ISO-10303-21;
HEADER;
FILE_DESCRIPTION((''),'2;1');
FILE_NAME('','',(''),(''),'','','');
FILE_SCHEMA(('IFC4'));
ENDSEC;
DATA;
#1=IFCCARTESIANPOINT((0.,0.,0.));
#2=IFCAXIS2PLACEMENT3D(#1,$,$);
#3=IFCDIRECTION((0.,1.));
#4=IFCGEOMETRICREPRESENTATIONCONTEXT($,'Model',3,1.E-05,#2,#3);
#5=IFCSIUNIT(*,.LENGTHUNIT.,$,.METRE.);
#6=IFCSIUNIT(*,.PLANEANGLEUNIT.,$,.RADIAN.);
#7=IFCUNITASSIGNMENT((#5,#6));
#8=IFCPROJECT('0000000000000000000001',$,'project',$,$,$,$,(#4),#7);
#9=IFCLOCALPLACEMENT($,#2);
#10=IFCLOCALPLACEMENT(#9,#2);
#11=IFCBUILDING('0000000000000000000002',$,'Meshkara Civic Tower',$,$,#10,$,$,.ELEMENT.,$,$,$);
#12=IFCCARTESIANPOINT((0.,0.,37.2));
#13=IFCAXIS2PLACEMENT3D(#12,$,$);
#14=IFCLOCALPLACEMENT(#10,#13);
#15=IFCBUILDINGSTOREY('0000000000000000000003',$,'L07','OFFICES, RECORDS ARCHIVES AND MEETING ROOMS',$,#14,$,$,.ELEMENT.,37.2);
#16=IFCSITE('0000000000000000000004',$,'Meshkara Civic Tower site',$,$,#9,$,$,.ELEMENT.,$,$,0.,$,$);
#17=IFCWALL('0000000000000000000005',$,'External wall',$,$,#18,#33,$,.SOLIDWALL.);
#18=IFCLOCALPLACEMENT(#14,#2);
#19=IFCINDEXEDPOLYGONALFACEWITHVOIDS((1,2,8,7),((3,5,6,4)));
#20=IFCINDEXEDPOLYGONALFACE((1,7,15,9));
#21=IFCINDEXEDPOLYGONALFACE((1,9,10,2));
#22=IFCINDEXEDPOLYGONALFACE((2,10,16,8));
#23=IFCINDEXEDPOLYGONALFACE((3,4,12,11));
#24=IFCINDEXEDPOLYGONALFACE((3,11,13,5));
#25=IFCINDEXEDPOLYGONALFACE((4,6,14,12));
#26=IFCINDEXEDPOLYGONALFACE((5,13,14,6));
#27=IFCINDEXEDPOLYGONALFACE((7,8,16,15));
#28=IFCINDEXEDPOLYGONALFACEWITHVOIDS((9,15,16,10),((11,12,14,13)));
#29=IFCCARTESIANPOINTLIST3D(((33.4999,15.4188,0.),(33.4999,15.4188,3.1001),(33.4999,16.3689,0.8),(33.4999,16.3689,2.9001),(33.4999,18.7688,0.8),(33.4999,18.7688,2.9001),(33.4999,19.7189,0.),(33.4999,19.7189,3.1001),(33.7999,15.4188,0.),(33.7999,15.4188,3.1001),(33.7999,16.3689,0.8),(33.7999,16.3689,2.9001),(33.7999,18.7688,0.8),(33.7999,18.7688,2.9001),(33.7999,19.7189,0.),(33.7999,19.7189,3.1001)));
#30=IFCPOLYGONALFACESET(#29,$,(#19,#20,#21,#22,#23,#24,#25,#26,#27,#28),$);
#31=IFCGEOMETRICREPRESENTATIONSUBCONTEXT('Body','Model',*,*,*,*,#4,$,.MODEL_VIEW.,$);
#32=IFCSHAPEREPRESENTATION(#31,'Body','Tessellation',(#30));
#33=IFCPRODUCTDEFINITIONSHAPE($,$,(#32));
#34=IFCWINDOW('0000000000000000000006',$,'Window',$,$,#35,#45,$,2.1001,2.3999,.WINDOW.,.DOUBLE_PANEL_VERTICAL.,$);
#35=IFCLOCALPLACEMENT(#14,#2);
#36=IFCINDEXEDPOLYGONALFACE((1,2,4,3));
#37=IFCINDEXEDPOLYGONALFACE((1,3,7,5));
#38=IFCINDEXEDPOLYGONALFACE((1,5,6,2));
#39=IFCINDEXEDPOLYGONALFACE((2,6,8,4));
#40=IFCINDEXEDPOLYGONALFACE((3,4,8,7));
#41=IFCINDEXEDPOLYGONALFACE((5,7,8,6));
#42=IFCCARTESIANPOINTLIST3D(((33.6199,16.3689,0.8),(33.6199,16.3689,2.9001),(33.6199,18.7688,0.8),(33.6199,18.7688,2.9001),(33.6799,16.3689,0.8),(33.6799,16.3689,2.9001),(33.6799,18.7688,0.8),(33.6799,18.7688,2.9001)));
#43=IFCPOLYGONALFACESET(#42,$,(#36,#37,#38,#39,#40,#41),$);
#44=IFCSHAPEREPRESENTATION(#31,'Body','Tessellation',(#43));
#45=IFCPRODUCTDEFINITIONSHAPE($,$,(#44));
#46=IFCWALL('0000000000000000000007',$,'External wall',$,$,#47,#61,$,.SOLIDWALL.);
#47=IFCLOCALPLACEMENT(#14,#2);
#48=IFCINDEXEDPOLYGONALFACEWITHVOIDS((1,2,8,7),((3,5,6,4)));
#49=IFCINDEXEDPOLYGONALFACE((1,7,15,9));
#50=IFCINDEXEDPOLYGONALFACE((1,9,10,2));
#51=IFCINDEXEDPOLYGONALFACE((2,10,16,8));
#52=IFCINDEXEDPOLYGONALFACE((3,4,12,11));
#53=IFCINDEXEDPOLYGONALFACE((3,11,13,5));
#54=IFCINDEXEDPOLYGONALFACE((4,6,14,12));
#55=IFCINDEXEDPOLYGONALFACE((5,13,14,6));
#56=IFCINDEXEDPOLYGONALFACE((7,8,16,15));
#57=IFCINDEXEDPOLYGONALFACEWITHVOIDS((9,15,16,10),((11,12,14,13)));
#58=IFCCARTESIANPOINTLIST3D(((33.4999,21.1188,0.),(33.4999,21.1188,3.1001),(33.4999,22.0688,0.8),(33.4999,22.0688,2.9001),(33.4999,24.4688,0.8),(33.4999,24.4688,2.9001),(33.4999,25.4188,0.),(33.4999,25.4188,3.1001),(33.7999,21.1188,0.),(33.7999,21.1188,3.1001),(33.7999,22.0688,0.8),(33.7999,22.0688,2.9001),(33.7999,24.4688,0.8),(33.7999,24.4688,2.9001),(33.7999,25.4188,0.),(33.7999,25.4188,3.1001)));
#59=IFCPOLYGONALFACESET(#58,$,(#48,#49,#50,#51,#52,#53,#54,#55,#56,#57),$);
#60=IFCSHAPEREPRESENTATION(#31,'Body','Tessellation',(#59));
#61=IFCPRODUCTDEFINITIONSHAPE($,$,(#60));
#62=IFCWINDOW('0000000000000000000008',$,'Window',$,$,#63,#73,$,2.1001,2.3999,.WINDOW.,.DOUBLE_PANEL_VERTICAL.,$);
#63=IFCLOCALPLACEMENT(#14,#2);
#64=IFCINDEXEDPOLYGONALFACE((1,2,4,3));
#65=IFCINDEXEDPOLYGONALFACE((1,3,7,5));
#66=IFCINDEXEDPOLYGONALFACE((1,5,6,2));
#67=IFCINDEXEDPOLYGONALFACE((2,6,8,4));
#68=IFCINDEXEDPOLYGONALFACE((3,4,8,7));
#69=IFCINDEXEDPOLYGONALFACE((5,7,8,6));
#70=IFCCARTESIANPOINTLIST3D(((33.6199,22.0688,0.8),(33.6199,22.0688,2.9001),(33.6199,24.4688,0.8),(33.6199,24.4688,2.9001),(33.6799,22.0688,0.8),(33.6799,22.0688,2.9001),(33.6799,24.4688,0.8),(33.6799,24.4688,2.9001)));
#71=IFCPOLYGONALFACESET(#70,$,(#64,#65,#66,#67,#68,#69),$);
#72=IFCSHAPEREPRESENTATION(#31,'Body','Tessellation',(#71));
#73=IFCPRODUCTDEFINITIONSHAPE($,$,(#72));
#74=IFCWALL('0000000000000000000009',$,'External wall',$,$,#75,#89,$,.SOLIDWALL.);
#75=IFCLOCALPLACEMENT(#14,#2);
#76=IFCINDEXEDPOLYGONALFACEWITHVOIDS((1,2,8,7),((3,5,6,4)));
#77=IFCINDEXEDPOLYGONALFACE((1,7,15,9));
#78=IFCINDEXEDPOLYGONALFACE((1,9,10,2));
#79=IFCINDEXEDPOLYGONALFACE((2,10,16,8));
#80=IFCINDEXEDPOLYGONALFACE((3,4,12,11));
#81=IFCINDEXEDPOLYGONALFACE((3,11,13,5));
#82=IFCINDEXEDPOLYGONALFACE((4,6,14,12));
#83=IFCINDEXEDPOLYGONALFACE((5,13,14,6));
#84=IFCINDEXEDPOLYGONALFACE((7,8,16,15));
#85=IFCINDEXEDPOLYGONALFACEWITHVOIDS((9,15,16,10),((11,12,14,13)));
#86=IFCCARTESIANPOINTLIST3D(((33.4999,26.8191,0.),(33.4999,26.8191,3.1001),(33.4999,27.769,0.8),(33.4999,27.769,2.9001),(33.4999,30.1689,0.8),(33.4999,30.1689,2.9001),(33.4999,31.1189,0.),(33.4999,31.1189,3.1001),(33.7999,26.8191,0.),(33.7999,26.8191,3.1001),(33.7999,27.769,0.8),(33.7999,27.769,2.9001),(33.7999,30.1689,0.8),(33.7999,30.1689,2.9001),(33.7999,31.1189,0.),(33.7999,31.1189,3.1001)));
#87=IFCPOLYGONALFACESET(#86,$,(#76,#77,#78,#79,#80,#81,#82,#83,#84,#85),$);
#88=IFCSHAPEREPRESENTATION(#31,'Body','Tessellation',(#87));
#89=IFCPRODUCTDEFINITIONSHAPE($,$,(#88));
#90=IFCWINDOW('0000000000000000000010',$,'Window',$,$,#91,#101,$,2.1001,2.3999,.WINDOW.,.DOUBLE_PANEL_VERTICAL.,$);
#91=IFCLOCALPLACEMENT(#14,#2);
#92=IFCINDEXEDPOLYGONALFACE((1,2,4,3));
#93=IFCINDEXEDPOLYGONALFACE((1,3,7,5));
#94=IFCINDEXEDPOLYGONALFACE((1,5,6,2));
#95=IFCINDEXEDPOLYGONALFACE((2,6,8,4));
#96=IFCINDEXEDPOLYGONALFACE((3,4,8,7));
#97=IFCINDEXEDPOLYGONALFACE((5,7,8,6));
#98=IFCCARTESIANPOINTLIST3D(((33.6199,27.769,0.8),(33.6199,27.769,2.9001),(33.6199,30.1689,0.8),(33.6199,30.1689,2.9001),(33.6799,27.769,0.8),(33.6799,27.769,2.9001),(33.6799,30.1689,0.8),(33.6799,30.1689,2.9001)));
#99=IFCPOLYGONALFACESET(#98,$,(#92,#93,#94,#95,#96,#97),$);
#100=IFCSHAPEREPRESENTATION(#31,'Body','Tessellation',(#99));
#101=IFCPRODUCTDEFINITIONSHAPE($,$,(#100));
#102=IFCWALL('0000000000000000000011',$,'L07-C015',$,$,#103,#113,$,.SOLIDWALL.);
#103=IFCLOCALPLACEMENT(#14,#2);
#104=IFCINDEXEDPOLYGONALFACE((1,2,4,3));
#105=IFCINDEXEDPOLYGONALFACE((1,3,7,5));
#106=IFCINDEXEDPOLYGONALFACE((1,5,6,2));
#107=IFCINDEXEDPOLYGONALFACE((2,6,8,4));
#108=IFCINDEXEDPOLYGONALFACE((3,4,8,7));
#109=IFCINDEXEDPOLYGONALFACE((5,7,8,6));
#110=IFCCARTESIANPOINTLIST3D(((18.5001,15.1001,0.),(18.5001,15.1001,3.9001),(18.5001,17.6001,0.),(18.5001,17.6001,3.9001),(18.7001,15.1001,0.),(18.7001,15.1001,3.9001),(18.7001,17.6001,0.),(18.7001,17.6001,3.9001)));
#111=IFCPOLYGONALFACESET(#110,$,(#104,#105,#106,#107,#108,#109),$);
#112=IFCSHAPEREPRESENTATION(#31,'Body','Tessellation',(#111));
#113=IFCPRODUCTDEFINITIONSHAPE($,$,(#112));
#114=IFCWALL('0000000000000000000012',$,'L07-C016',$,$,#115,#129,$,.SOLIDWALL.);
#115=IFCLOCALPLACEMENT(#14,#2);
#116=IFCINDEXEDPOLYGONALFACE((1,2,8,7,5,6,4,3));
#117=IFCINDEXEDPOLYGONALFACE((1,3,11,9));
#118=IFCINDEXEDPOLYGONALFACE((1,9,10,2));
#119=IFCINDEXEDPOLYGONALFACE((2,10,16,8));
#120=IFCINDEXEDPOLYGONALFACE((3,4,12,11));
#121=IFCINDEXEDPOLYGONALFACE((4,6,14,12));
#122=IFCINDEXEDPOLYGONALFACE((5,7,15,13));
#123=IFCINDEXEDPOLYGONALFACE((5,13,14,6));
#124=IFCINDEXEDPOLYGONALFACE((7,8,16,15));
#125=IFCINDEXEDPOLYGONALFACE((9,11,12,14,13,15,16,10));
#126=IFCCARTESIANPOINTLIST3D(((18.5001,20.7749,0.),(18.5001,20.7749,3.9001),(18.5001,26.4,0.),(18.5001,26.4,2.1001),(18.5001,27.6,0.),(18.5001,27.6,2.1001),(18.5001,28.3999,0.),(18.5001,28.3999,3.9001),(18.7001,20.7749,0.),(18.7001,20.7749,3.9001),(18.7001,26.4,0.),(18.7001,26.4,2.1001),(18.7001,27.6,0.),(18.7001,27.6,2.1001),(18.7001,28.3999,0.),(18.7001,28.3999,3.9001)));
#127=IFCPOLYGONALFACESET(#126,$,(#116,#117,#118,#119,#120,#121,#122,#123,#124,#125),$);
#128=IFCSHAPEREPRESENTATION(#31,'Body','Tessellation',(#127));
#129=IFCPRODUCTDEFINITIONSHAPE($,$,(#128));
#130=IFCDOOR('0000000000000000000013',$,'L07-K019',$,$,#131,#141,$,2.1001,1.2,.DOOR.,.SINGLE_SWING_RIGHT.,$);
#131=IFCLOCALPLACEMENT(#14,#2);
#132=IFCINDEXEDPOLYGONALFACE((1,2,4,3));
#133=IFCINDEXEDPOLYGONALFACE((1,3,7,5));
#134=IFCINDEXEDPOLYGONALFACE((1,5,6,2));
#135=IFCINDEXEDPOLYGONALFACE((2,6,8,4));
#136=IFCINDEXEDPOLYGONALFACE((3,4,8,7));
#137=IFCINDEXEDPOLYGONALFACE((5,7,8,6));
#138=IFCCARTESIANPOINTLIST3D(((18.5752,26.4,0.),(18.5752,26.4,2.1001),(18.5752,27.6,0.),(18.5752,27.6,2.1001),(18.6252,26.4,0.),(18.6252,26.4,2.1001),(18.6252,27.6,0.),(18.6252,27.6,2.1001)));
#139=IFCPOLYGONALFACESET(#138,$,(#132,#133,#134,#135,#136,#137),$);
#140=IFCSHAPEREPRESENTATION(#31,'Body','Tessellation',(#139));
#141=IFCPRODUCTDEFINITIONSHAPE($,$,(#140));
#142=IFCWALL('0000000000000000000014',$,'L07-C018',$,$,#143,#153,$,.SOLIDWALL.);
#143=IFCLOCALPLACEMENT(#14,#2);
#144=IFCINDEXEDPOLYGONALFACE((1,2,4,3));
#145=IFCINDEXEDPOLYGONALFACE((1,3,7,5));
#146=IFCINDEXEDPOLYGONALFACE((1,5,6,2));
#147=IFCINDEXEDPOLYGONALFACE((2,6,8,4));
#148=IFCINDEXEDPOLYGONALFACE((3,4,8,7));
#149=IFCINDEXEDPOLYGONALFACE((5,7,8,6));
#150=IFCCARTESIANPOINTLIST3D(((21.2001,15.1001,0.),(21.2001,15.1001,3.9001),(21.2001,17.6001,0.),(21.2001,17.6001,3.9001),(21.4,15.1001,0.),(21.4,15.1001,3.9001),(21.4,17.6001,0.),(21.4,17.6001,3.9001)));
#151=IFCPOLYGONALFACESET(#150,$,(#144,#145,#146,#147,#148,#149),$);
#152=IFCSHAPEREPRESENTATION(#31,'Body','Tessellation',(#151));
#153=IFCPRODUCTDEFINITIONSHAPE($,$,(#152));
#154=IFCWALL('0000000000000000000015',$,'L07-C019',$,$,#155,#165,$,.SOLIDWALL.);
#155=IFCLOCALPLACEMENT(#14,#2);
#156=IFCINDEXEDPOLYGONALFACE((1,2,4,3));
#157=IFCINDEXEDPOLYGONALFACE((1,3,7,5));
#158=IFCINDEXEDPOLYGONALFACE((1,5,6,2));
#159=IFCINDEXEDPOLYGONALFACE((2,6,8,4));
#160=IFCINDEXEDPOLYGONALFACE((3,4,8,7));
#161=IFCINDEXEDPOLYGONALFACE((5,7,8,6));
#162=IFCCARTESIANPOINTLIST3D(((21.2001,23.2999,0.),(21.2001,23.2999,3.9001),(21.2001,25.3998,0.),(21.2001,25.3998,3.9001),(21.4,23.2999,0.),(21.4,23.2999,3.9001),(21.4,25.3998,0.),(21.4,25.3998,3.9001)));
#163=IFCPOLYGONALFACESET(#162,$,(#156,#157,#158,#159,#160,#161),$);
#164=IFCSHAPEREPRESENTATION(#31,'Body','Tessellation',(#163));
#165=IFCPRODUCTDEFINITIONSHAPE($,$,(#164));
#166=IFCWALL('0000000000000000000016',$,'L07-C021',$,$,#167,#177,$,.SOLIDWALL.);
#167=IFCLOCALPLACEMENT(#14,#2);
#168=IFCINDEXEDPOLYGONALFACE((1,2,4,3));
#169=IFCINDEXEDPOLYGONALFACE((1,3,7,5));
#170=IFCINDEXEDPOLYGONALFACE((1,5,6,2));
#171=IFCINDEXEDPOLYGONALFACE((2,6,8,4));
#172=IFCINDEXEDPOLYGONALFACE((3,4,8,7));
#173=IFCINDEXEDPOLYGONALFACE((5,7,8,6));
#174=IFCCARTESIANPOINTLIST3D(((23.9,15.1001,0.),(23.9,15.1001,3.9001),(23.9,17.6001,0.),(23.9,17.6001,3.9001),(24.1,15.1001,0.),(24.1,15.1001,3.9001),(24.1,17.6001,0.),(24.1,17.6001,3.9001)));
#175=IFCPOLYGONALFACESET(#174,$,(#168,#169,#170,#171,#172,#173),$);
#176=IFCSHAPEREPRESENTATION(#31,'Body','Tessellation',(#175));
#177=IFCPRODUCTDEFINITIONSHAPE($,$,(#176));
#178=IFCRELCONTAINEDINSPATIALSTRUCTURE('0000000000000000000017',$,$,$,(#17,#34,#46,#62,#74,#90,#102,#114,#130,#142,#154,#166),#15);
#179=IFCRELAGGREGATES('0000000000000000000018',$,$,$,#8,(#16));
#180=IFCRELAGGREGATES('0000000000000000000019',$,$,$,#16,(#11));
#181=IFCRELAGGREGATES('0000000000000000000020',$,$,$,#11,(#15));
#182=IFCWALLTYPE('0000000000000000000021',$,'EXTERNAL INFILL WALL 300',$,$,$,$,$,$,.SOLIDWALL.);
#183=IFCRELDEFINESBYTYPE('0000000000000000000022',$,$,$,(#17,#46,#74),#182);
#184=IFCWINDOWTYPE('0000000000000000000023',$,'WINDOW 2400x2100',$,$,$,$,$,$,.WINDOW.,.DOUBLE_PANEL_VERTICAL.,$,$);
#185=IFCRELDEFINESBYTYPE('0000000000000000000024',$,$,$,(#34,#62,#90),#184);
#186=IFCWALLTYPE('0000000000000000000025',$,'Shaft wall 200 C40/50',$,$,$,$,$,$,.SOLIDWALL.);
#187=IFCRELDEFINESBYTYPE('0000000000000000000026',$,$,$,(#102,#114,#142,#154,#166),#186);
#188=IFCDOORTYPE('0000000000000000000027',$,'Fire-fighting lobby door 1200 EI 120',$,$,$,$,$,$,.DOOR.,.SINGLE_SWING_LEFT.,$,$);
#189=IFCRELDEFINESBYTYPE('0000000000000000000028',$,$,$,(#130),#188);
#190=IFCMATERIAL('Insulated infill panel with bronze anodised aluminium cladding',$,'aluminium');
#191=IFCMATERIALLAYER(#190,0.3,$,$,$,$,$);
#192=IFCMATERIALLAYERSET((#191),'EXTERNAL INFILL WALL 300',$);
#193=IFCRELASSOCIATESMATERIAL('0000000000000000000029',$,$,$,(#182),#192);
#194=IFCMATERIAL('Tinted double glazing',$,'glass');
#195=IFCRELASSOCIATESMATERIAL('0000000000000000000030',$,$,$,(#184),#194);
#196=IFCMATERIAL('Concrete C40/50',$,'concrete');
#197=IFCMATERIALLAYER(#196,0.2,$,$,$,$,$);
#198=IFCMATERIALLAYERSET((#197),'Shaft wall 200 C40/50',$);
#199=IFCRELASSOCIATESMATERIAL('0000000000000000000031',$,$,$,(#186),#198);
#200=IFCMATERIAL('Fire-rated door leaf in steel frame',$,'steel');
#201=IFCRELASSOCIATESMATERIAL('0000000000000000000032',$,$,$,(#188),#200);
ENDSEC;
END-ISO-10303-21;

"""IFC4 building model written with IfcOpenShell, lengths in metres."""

from ifc_helpers import new_model, si_unit, direction, frame, frame_2d, origin, place, context, subcontext, project, spatial, rectangle, extrude, material, layer, layer_set, type_object, element, fill, save


model = new_model("IFC4")

# Units and contexts
model_context = context("Model", 3, precision=1e-05, world=origin(), true_north=direction((0.0, 1.0)))
body_context = subcontext(model_context, "Body", "Model", "MODEL_VIEW")
ifc_project = project(units=[si_unit("LENGTHUNIT", "METRE"), si_unit("PLANEANGLEUNIT", "RADIAN")], contexts=[model_context])

# Site, building, storey
site_placement = place(None, origin())
site = spatial("IfcSite", under=ifc_project, at=site_placement, Name="Meshkara Civic Tower site", CompositionType="ELEMENT", RefElevation=0.0)
building_placement = place(site_placement, origin())
building = spatial("IfcBuilding", under=site, at=building_placement, Name="Meshkara Civic Tower", CompositionType="ELEMENT")
storey_placement = place(building_placement, frame((0.0, 0.0, 37.2)))
storey = spatial("IfcBuildingStorey", under=building, at=storey_placement, Name="L07", Description="OFFICES, RECORDS ARCHIVES AND MEETING ROOMS", CompositionType="ELEMENT", Elevation=37.2)

# Walls, openings, windows
ifc_material_1 = material(Name="Insulated infill panel with bronze anodised aluminium cladding", Category="aluminium")
ifc_layer_1 = layer(ifc_material_1, 0.3)
ifc_layer_set_1 = layer_set([ifc_layer_1], Name="EXTERNAL INFILL WALL 300")
wall_type_1 = type_object("IfcWallType", Name="EXTERNAL INFILL WALL 300", PredefinedType="SOLIDWALL", material=ifc_layer_set_1)
ifc_material_2 = material(Name="Tinted double glazing", Category="glass")
window_type = type_object("IfcWindowType", Name="WINDOW 2400x2100", PartitioningType="DOUBLE_PANEL_VERTICAL", PredefinedType="WINDOW", material=ifc_material_2)
wall_1_placement = place(storey_placement, frame((33.6499, 15.4189, 0.0), z_axis=(0.0, 0.0, 1.0), x_axis=(0.0, 1.0, 0.0)))
wall_1 = element("IfcWall", 1, at=wall_1_placement, inside=storey, type_object=wall_type_1, Name="External wall", PredefinedType="SOLIDWALL", context=body_context, shape_type="SweptSolid", body=[
    extrude(rectangle(XDim=4.3, YDim=0.3, at=frame_2d((2.1499, 0.0))), origin(), (0.0, 0.0, 1.0), 3.1001),
])
opening_1_placement = place(wall_1_placement, frame((0.95, 0.0, 0.8)))
opening_1 = element("IfcOpeningElement", 2, at=opening_1_placement, cuts=wall_1, PredefinedType="OPENING", context=body_context, shape_type="SweptSolid", body=[
    extrude(rectangle(XDim=2.3999, YDim=2.1001, at=frame_2d((1.2, 1.05))), frame((0.0, 0.1599, 0.0), z_axis=(0.0, -1.0, 0.0), x_axis=(1.0, 0.0, 0.0)), (0.0, 0.0, 1.0), 0.3201),
])
window_1_placement = place(opening_1_placement, origin())
window_1 = element("IfcWindow", 3, at=window_1_placement, inside=storey, type_object=window_type, Name="Window", OverallHeight=2.1001, OverallWidth=2.3999, PartitioningType="DOUBLE_PANEL_VERTICAL", PredefinedType="WINDOW", context=body_context, shape_type="SweptSolid", body=[
    extrude(rectangle(XDim=2.3999, YDim=2.1001, at=frame_2d((1.2, 1.05))), frame((0.0, 0.03, 0.0), z_axis=(0.0, -1.0, 0.0), x_axis=(1.0, 0.0, 0.0)), (0.0, 0.0, 1.0), 0.0601),
])
fill(opening_1, window_1)
wall_2_placement = place(storey_placement, frame((33.6499, 21.1189, 0.0), z_axis=(0.0, 0.0, 1.0), x_axis=(0.0, 1.0, 0.0)))
wall_2 = element("IfcWall", 4, at=wall_2_placement, inside=storey, type_object=wall_type_1, Name="External wall", PredefinedType="SOLIDWALL", context=body_context, shape_type="SweptSolid", body=[
    extrude(rectangle(XDim=4.3, YDim=0.3, at=frame_2d((2.1499, 0.0))), origin(), (0.0, 0.0, 1.0), 3.1001),
])
opening_2_placement = place(wall_2_placement, frame((0.95, 0.0, 0.8)))
opening_2 = element("IfcOpeningElement", 5, at=opening_2_placement, cuts=wall_2, PredefinedType="OPENING", context=body_context, shape_type="SweptSolid", body=[
    extrude(rectangle(XDim=2.3999, YDim=2.1001, at=frame_2d((1.2, 1.05))), frame((0.0, 0.1599, 0.0), z_axis=(0.0, -1.0, 0.0), x_axis=(1.0, 0.0, 0.0)), (0.0, 0.0, 1.0), 0.3201),
])
window_2_placement = place(opening_2_placement, origin())
window_2 = element("IfcWindow", 6, at=window_2_placement, inside=storey, type_object=window_type, Name="Window", OverallHeight=2.1001, OverallWidth=2.3999, PartitioningType="DOUBLE_PANEL_VERTICAL", PredefinedType="WINDOW", context=body_context, shape_type="SweptSolid", body=[
    extrude(rectangle(XDim=2.3999, YDim=2.1001, at=frame_2d((1.2, 1.05))), frame((0.0, 0.03, 0.0), z_axis=(0.0, -1.0, 0.0), x_axis=(1.0, 0.0, 0.0)), (0.0, 0.0, 1.0), 0.0601),
])
fill(opening_2, window_2)
wall_3_placement = place(storey_placement, frame((33.6499, 26.8191, 0.0), z_axis=(0.0, 0.0, 1.0), x_axis=(0.0, 1.0, 0.0)))
wall_3 = element("IfcWall", 7, at=wall_3_placement, inside=storey, type_object=wall_type_1, Name="External wall", PredefinedType="SOLIDWALL", context=body_context, shape_type="SweptSolid", body=[
    extrude(rectangle(XDim=4.2998, YDim=0.3, at=frame_2d((2.1499, 0.0))), origin(), (0.0, 0.0, 1.0), 3.1001),
])
opening_3_placement = place(wall_3_placement, frame((0.95, 0.0, 0.8)))
opening_3 = element("IfcOpeningElement", 8, at=opening_3_placement, cuts=wall_3, PredefinedType="OPENING", context=body_context, shape_type="SweptSolid", body=[
    extrude(rectangle(XDim=2.3999, YDim=2.1001, at=frame_2d((1.2, 1.05))), frame((0.0, 0.1599, 0.0), z_axis=(0.0, -1.0, 0.0), x_axis=(1.0, 0.0, 0.0)), (0.0, 0.0, 1.0), 0.3201),
])
window_3_placement = place(opening_3_placement, origin())
window_3 = element("IfcWindow", 9, at=window_3_placement, inside=storey, type_object=window_type, Name="Window", OverallHeight=2.1001, OverallWidth=2.3999, PartitioningType="DOUBLE_PANEL_VERTICAL", PredefinedType="WINDOW", context=body_context, shape_type="SweptSolid", body=[
    extrude(rectangle(XDim=2.3999, YDim=2.1001, at=frame_2d((1.2, 1.05))), frame((0.0, 0.03, 0.0), z_axis=(0.0, -1.0, 0.0), x_axis=(1.0, 0.0, 0.0)), (0.0, 0.0, 1.0), 0.0601),
])
fill(opening_3, window_3)

# Wall
ifc_material_3 = material(Name="Concrete C40/50", Category="concrete")
ifc_layer_2 = layer(ifc_material_3, 0.2)
ifc_layer_set_2 = layer_set([ifc_layer_2], Name="Shaft wall 200 C40/50")
wall_type_2 = type_object("IfcWallType", Name="Shaft wall 200 C40/50", PredefinedType="SOLIDWALL", material=ifc_layer_set_2)
wall_4_placement = place(storey_placement, frame((18.6001, 15.1001, 0.0), z_axis=(0.0, 0.0, 1.0), x_axis=(0.0, 1.0, 0.0)))
element("IfcWall", 10, at=wall_4_placement, inside=storey, type_object=wall_type_2, Name="L07-C015", PredefinedType="SOLIDWALL", context=body_context, shape_type="SweptSolid", body=[
    extrude(rectangle(XDim=2.5, YDim=0.2, at=frame_2d((1.25, 0.0))), origin(), (0.0, 0.0, 1.0), 3.9001),
])

# Wall, opening, door
wall_5_placement = place(storey_placement, frame((18.6001, 20.7749, 0.0), z_axis=(0.0, 0.0, 1.0), x_axis=(0.0, 1.0, 0.0)))
wall_5 = element("IfcWall", 11, at=wall_5_placement, inside=storey, type_object=wall_type_2, Name="L07-C016", PredefinedType="SOLIDWALL", context=body_context, shape_type="SweptSolid", body=[
    extrude(rectangle(XDim=7.625, YDim=0.2, at=frame_2d((3.8125, 0.0))), origin(), (0.0, 0.0, 1.0), 3.9001),
])
opening_4_placement = place(wall_5_placement, frame((5.625, 0.0, 0.0)))
opening_4 = element("IfcOpeningElement", 12, at=opening_4_placement, cuts=wall_5, PredefinedType="OPENING", context=body_context, shape_type="SweptSolid", body=[
    extrude(rectangle(XDim=1.2, YDim=2.1001, at=frame_2d((0.6001, 1.05))), frame((0.0, 0.1099, 0.0), z_axis=(0.0, -1.0, 0.0), x_axis=(1.0, 0.0, 0.0)), (0.0, 0.0, 1.0), 0.22),
])
ifc_material_4 = material(Name="Fire-rated door leaf in steel frame", Category="steel")
door_type_1 = type_object("IfcDoorType", Name="Fire-fighting lobby door 1200 EI 120", OperationType="SINGLE_SWING_LEFT", PredefinedType="DOOR", material=ifc_material_4)
door_1_placement = place(opening_4_placement, origin())
door_1 = element("IfcDoor", 13, at=door_1_placement, inside=storey, type_object=door_type_1, Name="L07-K019", OperationType="SINGLE_SWING_RIGHT", OverallHeight=2.1001, OverallWidth=1.2, PredefinedType="DOOR", context=body_context, shape_type="SweptSolid", body=[
    extrude(rectangle(XDim=1.2, YDim=2.1001, at=frame_2d((0.6001, 1.05))), frame((0.0, 0.0249, 0.0), z_axis=(0.0, -1.0, 0.0), x_axis=(1.0, 0.0, 0.0)), (0.0, 0.0, 1.0), 0.05),
])
fill(opening_4, door_1)

# Walls
wall_6_placement = place(storey_placement, frame((21.3, 15.1001, 0.0), z_axis=(0.0, 0.0, 1.0), x_axis=(0.0, 1.0, 0.0)))
element("IfcWall", 14, at=wall_6_placement, inside=storey, type_object=wall_type_2, Name="L07-C018", PredefinedType="SOLIDWALL", context=body_context, shape_type="SweptSolid", body=[
    extrude(rectangle(XDim=2.5, YDim=0.2, at=frame_2d((1.25, 0.0))), origin(), (0.0, 0.0, 1.0), 3.9001),
])
wall_7_placement = place(storey_placement, frame((21.3, 23.3, 0.0), z_axis=(0.0, 0.0, 1.0), x_axis=(0.0, 1.0, 0.0)))
element("IfcWall", 15, at=wall_7_placement, inside=storey, type_object=wall_type_2, Name="L07-C019", PredefinedType="SOLIDWALL", context=body_context, shape_type="SweptSolid", body=[
    extrude(rectangle(XDim=2.0999, YDim=0.2, at=frame_2d((1.0498, 0.0))), origin(), (0.0, 0.0, 1.0), 3.9001),
])
wall_8_placement = place(storey_placement, frame((24.0, 15.1001, 0.0), z_axis=(0.0, 0.0, 1.0), x_axis=(0.0, 1.0, 0.0)))
element("IfcWall", 16, at=wall_8_placement, inside=storey, type_object=wall_type_2, Name="L07-C021", PredefinedType="SOLIDWALL", context=body_context, shape_type="SweptSolid", body=[
    extrude(rectangle(XDim=2.5, YDim=0.2, at=frame_2d((1.25, 0.0))), origin(), (0.0, 0.0, 1.0), 3.9001),
])

save(model, "model.ifc")
